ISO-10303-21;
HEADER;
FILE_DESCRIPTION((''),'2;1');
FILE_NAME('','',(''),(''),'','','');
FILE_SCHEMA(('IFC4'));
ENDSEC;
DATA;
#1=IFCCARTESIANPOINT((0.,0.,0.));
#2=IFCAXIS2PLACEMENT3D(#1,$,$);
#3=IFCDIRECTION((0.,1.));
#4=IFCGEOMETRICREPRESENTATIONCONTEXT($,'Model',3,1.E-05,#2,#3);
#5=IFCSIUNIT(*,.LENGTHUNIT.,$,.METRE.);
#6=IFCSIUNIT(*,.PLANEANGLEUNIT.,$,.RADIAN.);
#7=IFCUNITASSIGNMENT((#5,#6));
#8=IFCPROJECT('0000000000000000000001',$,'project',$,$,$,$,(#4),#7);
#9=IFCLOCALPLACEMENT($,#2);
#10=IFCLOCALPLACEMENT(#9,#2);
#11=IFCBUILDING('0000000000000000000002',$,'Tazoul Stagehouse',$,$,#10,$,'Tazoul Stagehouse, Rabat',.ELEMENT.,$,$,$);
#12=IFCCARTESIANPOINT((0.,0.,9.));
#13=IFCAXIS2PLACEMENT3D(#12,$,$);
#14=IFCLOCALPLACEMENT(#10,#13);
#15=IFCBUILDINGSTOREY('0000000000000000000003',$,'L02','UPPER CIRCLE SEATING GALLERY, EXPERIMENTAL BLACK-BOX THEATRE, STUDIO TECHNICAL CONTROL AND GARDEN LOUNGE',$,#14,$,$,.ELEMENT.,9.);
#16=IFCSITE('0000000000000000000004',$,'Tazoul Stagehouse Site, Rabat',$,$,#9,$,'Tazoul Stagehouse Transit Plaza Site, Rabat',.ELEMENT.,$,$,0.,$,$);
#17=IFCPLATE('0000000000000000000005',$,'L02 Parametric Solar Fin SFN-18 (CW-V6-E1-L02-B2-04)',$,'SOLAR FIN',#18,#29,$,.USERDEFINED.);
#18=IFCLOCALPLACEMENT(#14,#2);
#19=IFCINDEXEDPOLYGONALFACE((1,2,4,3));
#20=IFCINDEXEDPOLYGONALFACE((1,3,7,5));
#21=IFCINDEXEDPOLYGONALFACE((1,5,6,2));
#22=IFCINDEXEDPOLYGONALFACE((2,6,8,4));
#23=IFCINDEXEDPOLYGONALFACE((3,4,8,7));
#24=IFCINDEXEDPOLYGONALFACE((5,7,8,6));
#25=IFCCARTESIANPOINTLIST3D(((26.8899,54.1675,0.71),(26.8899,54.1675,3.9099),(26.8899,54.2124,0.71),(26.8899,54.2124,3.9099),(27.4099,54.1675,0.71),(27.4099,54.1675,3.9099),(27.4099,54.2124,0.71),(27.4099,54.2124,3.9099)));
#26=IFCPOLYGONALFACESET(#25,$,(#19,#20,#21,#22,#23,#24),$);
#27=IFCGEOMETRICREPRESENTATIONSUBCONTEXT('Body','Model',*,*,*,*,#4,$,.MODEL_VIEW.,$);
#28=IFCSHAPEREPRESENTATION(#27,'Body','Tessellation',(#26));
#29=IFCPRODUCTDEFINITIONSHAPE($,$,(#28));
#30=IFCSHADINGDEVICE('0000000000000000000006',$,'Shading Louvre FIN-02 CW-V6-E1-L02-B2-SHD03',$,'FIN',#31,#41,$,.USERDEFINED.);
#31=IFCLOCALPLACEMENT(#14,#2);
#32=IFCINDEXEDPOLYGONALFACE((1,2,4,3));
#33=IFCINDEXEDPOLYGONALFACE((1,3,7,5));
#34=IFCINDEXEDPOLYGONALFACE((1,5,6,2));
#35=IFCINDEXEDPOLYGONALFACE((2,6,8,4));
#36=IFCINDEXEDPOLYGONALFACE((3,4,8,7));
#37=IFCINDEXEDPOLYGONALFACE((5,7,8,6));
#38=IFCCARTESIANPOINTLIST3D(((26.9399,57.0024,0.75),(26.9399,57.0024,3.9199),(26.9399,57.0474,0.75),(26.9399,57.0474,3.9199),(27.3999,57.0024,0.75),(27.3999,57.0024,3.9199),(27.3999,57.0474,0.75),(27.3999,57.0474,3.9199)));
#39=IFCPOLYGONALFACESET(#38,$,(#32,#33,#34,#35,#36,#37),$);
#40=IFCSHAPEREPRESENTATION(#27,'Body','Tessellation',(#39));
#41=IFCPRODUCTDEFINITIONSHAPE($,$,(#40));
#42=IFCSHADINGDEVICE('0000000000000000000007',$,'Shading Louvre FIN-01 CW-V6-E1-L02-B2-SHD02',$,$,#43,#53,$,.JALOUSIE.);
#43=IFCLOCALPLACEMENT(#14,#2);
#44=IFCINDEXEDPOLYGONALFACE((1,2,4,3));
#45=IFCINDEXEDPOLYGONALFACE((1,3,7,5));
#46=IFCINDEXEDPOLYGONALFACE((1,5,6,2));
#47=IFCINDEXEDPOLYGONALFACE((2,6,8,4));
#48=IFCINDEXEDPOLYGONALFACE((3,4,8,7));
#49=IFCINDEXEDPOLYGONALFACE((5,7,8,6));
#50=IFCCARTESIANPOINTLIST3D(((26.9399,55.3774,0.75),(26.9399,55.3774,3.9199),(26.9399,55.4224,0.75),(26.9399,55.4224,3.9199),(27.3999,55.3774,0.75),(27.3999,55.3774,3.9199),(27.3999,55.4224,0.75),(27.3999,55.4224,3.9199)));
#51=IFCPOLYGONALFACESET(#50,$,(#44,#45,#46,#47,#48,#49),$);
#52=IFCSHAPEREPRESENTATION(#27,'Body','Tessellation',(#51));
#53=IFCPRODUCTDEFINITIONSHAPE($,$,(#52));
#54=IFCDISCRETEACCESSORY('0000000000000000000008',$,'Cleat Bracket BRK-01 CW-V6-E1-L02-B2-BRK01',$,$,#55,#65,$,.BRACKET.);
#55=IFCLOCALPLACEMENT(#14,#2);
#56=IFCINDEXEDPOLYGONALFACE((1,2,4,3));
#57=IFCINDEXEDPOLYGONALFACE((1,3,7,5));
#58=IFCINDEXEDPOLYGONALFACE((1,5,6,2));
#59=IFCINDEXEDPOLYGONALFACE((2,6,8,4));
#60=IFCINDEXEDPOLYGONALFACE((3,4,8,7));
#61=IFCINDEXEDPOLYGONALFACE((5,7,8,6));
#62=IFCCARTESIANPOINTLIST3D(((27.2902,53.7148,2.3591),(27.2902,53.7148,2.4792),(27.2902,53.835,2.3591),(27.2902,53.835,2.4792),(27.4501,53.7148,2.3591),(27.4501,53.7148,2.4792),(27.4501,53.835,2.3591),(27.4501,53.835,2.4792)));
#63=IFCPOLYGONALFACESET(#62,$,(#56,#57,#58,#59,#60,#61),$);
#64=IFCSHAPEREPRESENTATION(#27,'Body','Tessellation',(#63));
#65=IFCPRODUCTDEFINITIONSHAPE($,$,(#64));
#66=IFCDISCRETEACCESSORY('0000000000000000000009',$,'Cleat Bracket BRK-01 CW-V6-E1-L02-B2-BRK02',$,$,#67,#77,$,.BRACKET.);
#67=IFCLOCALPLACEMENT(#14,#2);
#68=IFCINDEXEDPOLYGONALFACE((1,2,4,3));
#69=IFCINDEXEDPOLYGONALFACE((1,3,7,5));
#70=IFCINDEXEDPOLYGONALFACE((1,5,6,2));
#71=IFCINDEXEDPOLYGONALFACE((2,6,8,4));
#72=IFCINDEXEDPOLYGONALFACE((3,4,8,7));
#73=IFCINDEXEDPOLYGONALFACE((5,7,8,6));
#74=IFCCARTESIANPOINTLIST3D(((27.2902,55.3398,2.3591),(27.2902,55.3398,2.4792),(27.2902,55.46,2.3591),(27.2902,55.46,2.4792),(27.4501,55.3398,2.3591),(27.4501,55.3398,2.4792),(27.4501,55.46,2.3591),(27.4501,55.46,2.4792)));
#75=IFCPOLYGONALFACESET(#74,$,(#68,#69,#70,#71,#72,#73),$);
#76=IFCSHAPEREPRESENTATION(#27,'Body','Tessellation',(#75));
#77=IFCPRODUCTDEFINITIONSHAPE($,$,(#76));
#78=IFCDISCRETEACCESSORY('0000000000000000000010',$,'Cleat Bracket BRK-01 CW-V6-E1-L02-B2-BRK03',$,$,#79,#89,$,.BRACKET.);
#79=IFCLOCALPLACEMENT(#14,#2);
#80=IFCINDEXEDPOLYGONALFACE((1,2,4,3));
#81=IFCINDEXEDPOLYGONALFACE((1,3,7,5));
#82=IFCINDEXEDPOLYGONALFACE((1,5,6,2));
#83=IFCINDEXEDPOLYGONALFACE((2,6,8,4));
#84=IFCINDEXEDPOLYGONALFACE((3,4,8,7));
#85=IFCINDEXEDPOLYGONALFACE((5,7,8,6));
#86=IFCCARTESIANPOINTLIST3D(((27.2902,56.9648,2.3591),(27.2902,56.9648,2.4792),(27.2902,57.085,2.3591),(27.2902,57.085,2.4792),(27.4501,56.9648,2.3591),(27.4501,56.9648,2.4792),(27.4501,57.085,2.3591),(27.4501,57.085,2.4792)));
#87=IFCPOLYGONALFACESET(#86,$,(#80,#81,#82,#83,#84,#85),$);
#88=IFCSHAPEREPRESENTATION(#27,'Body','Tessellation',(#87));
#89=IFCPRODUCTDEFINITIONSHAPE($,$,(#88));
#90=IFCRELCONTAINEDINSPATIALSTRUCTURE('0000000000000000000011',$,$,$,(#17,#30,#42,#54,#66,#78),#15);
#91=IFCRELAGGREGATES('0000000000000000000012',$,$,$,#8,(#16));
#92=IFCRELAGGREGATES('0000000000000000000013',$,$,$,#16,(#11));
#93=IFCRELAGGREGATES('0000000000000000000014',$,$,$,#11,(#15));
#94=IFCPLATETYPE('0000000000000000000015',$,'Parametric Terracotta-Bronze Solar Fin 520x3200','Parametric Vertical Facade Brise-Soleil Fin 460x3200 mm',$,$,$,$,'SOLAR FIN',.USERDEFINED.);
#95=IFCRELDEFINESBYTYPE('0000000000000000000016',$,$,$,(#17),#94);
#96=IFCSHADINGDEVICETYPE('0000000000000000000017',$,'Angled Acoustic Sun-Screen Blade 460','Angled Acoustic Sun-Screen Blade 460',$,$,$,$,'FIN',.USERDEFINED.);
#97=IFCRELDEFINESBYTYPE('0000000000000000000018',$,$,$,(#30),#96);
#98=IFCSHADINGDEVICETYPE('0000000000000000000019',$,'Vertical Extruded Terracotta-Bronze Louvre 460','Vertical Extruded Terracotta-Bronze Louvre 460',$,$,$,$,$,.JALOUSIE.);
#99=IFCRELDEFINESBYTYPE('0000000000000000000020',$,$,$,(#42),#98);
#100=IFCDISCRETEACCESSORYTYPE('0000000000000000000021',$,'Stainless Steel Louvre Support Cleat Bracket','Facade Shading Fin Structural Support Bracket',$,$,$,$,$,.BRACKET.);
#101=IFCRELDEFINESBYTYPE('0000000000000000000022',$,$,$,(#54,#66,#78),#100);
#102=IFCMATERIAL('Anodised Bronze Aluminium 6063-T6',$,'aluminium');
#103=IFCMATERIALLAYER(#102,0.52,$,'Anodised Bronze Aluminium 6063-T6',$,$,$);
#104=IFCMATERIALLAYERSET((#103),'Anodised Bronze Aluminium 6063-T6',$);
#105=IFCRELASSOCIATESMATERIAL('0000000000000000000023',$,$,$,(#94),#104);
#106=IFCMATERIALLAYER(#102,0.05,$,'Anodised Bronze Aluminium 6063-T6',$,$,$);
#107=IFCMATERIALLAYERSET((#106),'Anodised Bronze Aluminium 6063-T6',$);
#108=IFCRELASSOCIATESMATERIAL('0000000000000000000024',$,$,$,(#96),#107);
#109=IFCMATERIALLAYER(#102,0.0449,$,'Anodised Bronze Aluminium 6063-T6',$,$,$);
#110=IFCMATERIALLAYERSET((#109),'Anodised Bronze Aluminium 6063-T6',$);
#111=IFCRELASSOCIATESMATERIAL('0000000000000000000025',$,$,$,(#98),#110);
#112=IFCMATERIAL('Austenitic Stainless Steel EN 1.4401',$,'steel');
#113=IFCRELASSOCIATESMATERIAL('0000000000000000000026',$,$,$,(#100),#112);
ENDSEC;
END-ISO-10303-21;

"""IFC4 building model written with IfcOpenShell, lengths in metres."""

from ifc_helpers import new_model, si_unit, direction, frame, origin, origin_2d, place, context, subcontext, project, spatial, rectangle, extrude, material, layer, layer_set, type_object, element, save


model = new_model("IFC4")

# Units and contexts
model_context = context("Model", 3, precision=1e-05, world=origin(), true_north=direction((0.0, 1.0)))
body_context = subcontext(model_context, "Body", "Model", "MODEL_VIEW")
ifc_project = project(units=[si_unit("LENGTHUNIT", "METRE"), si_unit("PLANEANGLEUNIT", "RADIAN")], contexts=[model_context])

# Site, building, storey
site_placement = place(None, origin())
site = spatial("IfcSite", under=ifc_project, at=site_placement, Name="Tazoul Stagehouse Site, Rabat", LongName="Tazoul Stagehouse Transit Plaza Site, Rabat", CompositionType="ELEMENT", RefElevation=0.0)
building_placement = place(site_placement, origin())
building = spatial("IfcBuilding", under=site, at=building_placement, Name="Tazoul Stagehouse", LongName="Tazoul Stagehouse, Rabat", CompositionType="ELEMENT")
storey_placement = place(building_placement, frame((0.0, 0.0, 9.0)))
storey = spatial("IfcBuildingStorey", under=building, at=storey_placement, Name="L02", Description="UPPER CIRCLE SEATING GALLERY, EXPERIMENTAL BLACK-BOX THEATRE, STUDIO TECHNICAL CONTROL AND GARDEN LOUNGE", CompositionType="ELEMENT", Elevation=9.0)

# Plate
ifc_material_1 = material(Name="Anodised Bronze Aluminium 6063-T6", Category="aluminium")
ifc_layer_1 = layer(ifc_material_1, 0.52, Name="Anodised Bronze Aluminium 6063-T6")
ifc_layer_set_1 = layer_set([ifc_layer_1], Name="Anodised Bronze Aluminium 6063-T6")
plate_type = type_object("IfcPlateType", Name="Parametric Terracotta-Bronze Solar Fin 520x3200", Description="Parametric Vertical Facade Brise-Soleil Fin 460x3200 mm", ElementType="SOLAR FIN", PredefinedType="USERDEFINED", material=ifc_layer_set_1)
plate_placement = place(storey_placement, frame((27.1499, 54.1899, 0.71), z_axis=(0.0, 0.0, 1.0), x_axis=(0.0, 1.0, 0.0)))
element("IfcPlate", 1, at=plate_placement, inside=storey, type_object=plate_type, Name="L02 Parametric Solar Fin SFN-18 (CW-V6-E1-L02-B2-04)", ObjectType="SOLAR FIN", PredefinedType="USERDEFINED", context=body_context, shape_type="SweptSolid", body=[
    extrude(rectangle(XDim=0.0449, YDim=0.52, at=origin_2d()), origin(), (0.0, 0.0, 1.0), 3.2),
])

# Shading devices
ifc_layer_2 = layer(ifc_material_1, 0.05, Name="Anodised Bronze Aluminium 6063-T6")
ifc_layer_set_2 = layer_set([ifc_layer_2], Name="Anodised Bronze Aluminium 6063-T6")
shading_device_type_1 = type_object("IfcShadingDeviceType", Name="Angled Acoustic Sun-Screen Blade 460", Description="Angled Acoustic Sun-Screen Blade 460", ElementType="FIN", PredefinedType="USERDEFINED", material=ifc_layer_set_2)
shading_device_1_placement = place(storey_placement, frame((27.1699, 57.0249, 0.75), z_axis=(0.0, 0.0, 1.0), x_axis=(0.0, 1.0, 0.0)))
element("IfcShadingDevice", 2, at=shading_device_1_placement, inside=storey, type_object=shading_device_type_1, Name="Shading Louvre FIN-02 CW-V6-E1-L02-B2-SHD03", ObjectType="FIN", PredefinedType="USERDEFINED", context=body_context, shape_type="SweptSolid", body=[
    extrude(rectangle(XDim=0.0449, YDim=0.46, at=origin_2d()), origin(), (0.0, 0.0, 1.0), 3.1699),
])
ifc_layer_3 = layer(ifc_material_1, 0.0449, Name="Anodised Bronze Aluminium 6063-T6")
ifc_layer_set_3 = layer_set([ifc_layer_3], Name="Anodised Bronze Aluminium 6063-T6")
shading_device_type_2 = type_object("IfcShadingDeviceType", Name="Vertical Extruded Terracotta-Bronze Louvre 460", Description="Vertical Extruded Terracotta-Bronze Louvre 460", PredefinedType="JALOUSIE", material=ifc_layer_set_3)
shading_device_2_placement = place(storey_placement, frame((27.1699, 55.3999, 0.75), z_axis=(0.0, 0.0, 1.0), x_axis=(0.0, 1.0, 0.0)))
element("IfcShadingDevice", 3, at=shading_device_2_placement, inside=storey, type_object=shading_device_type_2, Name="Shading Louvre FIN-01 CW-V6-E1-L02-B2-SHD02", PredefinedType="JALOUSIE", context=body_context, shape_type="SweptSolid", body=[
    extrude(rectangle(XDim=0.0449, YDim=0.46, at=origin_2d()), origin(), (0.0, 0.0, 1.0), 3.1699),
])

# Discrete accessories
ifc_material_2 = material(Name="Austenitic Stainless Steel EN 1.4401", Category="steel")
discrete_accessory_type = type_object("IfcDiscreteAccessoryType", Name="Stainless Steel Louvre Support Cleat Bracket", Description="Facade Shading Fin Structural Support Bracket", PredefinedType="BRACKET", material=ifc_material_2)
for number, where, z_axis, x_axis, name in (
    (4, (27.3701, 53.7749, 2.3591), (0.0, 0.0, 1.0), (0.0, 1.0, 0.0), "Cleat Bracket BRK-01 CW-V6-E1-L02-B2-BRK01"),
    (5, (27.3701, 55.3999, 2.3591), (0.0, 0.0, 1.0), (0.0, 1.0, 0.0), "Cleat Bracket BRK-01 CW-V6-E1-L02-B2-BRK02"),
    (6, (27.3701, 57.0249, 2.3591), (0.0, 0.0, 1.0), (0.0, 1.0, 0.0), "Cleat Bracket BRK-01 CW-V6-E1-L02-B2-BRK03"),
):
    element("IfcDiscreteAccessory", number, at=place(storey_placement, frame(where, z_axis=z_axis, x_axis=x_axis)), inside=storey, type_object=discrete_accessory_type, Name=name, PredefinedType="BRACKET", context=body_context, shape_type="SweptSolid", body=[
        extrude(rectangle(XDim=0.1201, YDim=0.1599, at=origin_2d()), origin(), (0.0, 0.0, 1.0), 0.1201),
    ])

save(model, "model.ifc")
